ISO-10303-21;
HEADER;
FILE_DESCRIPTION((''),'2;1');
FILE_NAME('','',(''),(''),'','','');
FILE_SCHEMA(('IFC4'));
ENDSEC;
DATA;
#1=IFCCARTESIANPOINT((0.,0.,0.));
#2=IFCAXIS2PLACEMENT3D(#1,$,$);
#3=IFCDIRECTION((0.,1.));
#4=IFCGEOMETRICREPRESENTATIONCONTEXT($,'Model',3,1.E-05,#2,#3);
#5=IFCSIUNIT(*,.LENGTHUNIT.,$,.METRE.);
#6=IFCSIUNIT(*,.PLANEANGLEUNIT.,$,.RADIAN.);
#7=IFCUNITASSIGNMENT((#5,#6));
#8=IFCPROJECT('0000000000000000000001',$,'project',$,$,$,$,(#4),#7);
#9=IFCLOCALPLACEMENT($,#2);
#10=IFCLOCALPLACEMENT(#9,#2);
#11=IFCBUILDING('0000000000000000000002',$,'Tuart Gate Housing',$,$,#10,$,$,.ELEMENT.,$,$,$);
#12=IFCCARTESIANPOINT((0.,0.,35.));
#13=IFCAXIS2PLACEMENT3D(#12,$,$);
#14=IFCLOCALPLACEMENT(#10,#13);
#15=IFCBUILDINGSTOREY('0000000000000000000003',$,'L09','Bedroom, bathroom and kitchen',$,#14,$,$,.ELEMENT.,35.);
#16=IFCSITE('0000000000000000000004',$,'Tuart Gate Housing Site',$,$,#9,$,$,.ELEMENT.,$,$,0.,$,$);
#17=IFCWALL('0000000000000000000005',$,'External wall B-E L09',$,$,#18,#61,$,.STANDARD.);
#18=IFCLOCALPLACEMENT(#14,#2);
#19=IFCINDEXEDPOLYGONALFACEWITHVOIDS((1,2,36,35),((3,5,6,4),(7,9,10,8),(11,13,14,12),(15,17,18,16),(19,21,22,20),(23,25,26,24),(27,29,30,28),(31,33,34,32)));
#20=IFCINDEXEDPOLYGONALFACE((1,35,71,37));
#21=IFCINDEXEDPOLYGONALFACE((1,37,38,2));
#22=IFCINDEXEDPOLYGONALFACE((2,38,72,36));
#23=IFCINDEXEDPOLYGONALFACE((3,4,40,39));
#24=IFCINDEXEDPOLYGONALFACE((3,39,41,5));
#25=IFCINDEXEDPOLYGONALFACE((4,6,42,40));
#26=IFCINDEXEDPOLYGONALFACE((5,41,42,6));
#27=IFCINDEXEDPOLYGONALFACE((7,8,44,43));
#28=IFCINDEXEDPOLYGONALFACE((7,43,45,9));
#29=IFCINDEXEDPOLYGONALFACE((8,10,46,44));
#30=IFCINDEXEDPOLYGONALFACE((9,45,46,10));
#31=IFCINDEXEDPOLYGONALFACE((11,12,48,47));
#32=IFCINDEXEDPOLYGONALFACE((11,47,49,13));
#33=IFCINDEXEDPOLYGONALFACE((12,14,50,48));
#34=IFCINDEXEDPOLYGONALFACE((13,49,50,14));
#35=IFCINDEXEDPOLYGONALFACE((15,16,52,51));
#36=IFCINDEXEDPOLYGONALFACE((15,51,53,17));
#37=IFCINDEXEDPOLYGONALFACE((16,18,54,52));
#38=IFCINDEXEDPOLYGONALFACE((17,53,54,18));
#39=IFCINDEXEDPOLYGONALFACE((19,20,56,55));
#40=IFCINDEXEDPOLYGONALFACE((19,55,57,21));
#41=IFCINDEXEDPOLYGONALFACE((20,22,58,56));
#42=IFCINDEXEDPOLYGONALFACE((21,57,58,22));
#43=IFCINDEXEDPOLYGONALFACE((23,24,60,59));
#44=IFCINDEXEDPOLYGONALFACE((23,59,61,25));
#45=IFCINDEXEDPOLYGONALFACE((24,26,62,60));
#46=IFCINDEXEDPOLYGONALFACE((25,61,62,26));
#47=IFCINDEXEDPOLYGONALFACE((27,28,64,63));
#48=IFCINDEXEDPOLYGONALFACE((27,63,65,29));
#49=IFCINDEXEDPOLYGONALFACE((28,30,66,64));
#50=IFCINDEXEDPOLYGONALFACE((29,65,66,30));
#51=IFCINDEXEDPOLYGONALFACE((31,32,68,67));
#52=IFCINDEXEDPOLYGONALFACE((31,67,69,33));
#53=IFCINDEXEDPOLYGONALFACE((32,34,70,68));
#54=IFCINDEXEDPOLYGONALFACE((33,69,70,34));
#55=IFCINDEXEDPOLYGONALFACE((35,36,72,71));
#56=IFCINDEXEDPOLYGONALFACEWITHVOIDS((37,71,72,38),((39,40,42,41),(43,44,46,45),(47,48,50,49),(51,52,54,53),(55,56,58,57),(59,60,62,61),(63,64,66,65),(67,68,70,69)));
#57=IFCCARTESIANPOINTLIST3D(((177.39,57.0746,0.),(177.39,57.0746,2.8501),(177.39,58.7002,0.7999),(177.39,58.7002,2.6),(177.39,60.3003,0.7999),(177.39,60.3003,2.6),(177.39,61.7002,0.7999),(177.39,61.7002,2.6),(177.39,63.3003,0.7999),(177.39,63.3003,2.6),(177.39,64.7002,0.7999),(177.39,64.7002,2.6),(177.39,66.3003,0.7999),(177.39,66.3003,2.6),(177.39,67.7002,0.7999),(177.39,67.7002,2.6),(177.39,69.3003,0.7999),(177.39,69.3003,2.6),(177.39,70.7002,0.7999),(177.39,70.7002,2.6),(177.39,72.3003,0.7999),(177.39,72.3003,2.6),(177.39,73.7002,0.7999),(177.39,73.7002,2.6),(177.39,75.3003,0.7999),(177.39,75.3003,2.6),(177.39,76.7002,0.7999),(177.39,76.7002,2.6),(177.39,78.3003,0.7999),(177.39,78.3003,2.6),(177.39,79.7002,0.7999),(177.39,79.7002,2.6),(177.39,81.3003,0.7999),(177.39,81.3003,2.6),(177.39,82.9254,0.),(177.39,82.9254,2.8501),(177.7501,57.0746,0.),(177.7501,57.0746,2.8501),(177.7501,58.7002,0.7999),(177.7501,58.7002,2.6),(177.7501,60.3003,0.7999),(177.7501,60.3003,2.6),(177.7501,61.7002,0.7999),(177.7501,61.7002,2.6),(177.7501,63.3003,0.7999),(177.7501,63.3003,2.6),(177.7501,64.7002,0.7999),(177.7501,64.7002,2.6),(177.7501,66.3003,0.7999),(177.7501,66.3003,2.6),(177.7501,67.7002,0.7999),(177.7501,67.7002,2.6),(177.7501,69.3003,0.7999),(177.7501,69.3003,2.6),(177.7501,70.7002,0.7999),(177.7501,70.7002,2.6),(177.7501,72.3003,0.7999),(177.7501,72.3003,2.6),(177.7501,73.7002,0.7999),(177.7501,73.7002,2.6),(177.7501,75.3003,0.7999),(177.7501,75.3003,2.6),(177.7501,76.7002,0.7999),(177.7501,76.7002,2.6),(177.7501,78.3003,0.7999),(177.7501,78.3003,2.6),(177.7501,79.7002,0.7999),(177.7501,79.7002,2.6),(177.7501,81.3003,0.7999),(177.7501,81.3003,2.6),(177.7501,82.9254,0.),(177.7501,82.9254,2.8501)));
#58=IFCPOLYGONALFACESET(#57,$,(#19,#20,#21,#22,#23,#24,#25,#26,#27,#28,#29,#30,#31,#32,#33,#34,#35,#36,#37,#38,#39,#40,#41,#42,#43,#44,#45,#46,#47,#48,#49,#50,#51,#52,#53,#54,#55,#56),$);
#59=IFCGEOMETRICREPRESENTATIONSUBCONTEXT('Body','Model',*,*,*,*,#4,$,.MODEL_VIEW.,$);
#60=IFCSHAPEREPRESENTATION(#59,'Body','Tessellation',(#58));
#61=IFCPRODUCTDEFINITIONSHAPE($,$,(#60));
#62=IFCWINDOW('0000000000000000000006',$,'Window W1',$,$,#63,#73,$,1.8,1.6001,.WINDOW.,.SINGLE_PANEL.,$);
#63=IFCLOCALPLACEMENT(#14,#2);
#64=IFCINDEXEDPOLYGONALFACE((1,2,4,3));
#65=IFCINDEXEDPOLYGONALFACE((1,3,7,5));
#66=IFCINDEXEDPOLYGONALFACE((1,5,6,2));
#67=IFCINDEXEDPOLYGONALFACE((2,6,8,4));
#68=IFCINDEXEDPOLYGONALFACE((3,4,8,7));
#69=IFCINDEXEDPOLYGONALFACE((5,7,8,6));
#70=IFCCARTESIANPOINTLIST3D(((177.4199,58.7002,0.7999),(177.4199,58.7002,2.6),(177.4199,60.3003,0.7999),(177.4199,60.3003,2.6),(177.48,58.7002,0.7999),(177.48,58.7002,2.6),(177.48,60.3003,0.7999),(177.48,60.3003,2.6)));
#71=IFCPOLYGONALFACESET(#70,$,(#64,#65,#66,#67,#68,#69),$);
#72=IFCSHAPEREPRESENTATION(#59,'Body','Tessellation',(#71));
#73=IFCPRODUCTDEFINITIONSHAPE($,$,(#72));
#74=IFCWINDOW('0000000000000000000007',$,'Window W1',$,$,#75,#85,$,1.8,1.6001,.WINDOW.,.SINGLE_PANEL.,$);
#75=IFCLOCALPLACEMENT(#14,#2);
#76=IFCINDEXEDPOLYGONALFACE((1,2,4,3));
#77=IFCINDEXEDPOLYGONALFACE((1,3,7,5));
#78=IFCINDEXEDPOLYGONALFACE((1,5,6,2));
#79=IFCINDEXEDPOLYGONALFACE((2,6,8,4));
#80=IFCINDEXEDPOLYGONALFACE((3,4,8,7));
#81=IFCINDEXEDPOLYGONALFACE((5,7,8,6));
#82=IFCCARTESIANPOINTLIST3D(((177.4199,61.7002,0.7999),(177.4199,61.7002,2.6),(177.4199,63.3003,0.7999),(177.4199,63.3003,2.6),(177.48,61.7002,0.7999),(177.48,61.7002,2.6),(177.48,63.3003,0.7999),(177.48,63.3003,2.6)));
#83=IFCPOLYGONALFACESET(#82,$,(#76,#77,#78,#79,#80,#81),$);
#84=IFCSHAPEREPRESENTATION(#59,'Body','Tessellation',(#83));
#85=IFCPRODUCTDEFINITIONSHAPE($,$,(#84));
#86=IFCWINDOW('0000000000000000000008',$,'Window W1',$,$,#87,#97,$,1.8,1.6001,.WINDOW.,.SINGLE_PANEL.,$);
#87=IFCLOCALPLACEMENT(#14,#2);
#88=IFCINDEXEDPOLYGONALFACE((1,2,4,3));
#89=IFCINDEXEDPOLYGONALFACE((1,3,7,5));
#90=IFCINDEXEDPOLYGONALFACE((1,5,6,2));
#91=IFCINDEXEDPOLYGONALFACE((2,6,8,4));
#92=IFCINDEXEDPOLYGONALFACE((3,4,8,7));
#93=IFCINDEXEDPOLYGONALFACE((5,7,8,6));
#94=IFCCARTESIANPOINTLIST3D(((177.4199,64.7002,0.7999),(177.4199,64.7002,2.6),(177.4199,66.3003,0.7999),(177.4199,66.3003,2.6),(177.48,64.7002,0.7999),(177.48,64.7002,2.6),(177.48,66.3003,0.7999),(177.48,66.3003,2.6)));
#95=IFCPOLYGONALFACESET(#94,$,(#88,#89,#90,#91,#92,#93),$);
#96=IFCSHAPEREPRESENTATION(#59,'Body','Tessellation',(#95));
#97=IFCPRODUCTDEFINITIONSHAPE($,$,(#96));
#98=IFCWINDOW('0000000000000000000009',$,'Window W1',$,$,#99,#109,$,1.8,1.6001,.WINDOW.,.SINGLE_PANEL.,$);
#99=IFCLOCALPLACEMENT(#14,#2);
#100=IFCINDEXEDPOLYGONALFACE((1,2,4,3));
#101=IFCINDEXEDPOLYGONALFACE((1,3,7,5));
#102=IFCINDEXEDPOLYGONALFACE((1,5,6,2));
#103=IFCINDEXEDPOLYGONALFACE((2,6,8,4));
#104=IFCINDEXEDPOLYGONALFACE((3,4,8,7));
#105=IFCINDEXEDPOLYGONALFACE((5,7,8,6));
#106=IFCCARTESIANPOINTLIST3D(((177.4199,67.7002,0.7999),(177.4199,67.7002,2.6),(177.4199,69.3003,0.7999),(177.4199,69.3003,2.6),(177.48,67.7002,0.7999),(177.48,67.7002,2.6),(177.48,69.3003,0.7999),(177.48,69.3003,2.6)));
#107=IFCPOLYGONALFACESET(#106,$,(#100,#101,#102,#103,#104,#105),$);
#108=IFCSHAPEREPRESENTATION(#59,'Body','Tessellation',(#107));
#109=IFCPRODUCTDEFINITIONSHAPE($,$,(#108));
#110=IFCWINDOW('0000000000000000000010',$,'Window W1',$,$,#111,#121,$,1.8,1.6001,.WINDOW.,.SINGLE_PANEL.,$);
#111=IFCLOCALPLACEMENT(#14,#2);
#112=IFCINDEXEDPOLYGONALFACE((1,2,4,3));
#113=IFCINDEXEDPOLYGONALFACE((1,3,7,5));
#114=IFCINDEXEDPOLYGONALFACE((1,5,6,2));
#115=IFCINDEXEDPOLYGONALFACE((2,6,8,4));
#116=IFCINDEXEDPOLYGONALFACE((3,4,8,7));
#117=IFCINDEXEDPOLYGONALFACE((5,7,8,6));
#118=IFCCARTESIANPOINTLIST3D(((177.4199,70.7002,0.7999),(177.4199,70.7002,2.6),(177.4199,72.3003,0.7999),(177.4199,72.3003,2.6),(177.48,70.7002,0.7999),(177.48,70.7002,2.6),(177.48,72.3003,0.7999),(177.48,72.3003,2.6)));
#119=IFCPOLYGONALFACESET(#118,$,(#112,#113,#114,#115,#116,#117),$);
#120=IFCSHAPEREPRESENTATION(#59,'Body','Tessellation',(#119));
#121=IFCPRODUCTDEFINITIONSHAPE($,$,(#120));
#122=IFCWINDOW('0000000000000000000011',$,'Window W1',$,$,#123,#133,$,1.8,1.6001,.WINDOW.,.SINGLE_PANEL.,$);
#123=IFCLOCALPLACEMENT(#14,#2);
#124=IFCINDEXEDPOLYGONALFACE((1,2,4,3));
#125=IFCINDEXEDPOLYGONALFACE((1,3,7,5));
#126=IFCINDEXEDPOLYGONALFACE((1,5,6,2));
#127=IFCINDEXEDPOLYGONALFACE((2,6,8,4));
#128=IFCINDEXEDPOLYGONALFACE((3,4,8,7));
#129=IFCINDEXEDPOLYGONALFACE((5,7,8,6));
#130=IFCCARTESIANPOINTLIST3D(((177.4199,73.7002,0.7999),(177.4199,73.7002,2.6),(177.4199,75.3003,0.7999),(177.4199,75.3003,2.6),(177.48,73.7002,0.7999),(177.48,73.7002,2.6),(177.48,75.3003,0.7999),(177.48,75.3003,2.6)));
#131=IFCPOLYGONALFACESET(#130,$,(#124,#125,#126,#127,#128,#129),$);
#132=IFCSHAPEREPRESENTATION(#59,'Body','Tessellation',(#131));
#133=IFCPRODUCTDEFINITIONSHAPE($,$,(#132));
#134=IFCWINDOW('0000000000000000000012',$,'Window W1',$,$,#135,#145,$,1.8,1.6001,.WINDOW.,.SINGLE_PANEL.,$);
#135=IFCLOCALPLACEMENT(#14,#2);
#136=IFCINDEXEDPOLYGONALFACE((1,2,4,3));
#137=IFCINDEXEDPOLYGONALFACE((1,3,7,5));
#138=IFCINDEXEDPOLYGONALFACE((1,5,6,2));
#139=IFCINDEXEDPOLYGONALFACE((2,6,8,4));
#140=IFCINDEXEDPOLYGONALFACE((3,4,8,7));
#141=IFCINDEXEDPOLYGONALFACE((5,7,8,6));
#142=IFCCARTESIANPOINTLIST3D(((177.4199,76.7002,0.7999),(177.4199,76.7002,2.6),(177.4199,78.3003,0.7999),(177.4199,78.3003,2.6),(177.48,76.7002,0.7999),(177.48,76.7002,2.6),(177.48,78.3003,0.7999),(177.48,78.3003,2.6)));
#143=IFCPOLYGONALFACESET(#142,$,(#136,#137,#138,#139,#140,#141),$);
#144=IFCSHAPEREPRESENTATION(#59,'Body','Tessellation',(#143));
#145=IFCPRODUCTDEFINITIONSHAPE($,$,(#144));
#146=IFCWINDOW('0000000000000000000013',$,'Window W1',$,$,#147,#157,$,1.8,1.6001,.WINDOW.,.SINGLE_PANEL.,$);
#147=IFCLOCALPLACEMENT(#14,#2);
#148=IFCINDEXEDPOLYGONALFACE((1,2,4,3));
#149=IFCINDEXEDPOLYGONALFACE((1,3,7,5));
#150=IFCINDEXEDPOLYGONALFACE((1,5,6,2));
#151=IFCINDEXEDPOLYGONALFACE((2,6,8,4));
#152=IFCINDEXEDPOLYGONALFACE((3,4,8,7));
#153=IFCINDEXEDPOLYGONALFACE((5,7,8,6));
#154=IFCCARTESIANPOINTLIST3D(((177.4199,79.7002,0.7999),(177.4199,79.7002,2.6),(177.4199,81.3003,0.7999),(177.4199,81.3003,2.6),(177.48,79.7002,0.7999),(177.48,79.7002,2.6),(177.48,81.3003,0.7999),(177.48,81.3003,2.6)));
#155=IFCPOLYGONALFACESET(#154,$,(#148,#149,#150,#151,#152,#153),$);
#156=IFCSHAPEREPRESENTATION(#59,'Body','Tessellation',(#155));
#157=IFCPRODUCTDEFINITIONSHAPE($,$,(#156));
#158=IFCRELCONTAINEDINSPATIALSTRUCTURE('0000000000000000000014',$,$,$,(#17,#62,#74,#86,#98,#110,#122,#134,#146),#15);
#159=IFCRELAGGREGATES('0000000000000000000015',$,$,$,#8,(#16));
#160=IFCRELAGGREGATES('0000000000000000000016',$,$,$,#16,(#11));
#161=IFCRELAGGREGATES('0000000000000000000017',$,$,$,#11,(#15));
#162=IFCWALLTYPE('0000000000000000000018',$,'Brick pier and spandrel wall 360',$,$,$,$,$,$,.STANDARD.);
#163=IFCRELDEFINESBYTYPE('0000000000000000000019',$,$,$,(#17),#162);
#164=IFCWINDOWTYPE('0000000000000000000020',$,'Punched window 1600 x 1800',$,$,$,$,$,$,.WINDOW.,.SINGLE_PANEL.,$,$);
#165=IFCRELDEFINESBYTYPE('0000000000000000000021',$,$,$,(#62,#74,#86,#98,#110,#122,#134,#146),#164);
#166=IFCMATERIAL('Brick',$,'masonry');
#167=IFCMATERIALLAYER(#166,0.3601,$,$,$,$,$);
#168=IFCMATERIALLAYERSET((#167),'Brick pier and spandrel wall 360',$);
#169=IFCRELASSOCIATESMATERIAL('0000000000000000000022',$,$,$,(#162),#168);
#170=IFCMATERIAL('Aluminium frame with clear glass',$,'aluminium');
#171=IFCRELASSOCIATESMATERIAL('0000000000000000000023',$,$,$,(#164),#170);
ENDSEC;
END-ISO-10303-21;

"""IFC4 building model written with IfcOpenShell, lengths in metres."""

from ifc_helpers import new_model, si_unit, direction, frame, frame_2d, origin, place, context, subcontext, project, spatial, rectangle, extrude, material, layer, layer_set, type_object, element, fill, save


model = new_model("IFC4")

# Units and contexts
model_context = context("Model", 3, precision=1e-05, world=origin(), true_north=direction((0.0, 1.0)))
body_context = subcontext(model_context, "Body", "Model", "MODEL_VIEW")
ifc_project = project(units=[si_unit("LENGTHUNIT", "METRE"), si_unit("PLANEANGLEUNIT", "RADIAN")], contexts=[model_context])

# Site, building, storey
site_placement = place(None, origin())
site = spatial("IfcSite", under=ifc_project, at=site_placement, Name="Tuart Gate Housing Site", CompositionType="ELEMENT", RefElevation=0.0)
building_placement = place(site_placement, origin())
building = spatial("IfcBuilding", under=site, at=building_placement, Name="Tuart Gate Housing", CompositionType="ELEMENT")
storey_placement = place(building_placement, frame((0.0, 0.0, 35.0)))
storey = spatial("IfcBuildingStorey", under=building, at=storey_placement, Name="L09", Description="Bedroom, bathroom and kitchen", CompositionType="ELEMENT", Elevation=35.0)

# Shared definitions
ifc_material_1 = material(Name="Brick", Category="masonry")
ifc_layer_1 = layer(ifc_material_1, 0.3601)
ifc_layer_set_1 = layer_set([ifc_layer_1], Name="Brick pier and spandrel wall 360")
wall_type_1 = type_object("IfcWallType", Name="Brick pier and spandrel wall 360", PredefinedType="STANDARD", material=ifc_layer_set_1)
ifc_material_2 = material(Name="Aluminium frame with clear glass", Category="aluminium")
window_type = type_object("IfcWindowType", Name="Punched window 1600 x 1800", PartitioningType="SINGLE_PANEL", PredefinedType="WINDOW", material=ifc_material_2)

# Wall, openings, windows
wall_1_placement = place(storey_placement, frame((177.5701, 57.0747, 0.0), z_axis=(0.0, 0.0, 1.0), x_axis=(0.0, 1.0, 0.0)))
wall_1 = element("IfcWall", 1, at=wall_1_placement, inside=storey, type_object=wall_type_1, Name="External wall B-E L09", PredefinedType="STANDARD", context=body_context, shape_type="SweptSolid", body=[
    extrude(rectangle(XDim=25.8508, YDim=0.3601, at=frame_2d((12.9253, 0.0))), origin(), (0.0, 0.0, 1.0), 2.8501),
])
opening_1_placement = place(wall_1_placement, frame((1.6255, 0.0, 0.8)))
opening_1 = element("IfcOpeningElement", 2, at=opening_1_placement, cuts=wall_1, PredefinedType="OPENING", context=body_context, shape_type="SweptSolid", body=[
    extrude(rectangle(XDim=1.6001, YDim=1.8, at=frame_2d((0.8, 0.8999))), frame((0.0, 0.1899, 0.0), z_axis=(0.0, -1.0, 0.0), x_axis=(1.0, 0.0, 0.0)), (0.0, 0.0, 1.0), 0.3801),
])
opening_2_placement = place(wall_1_placement, frame((4.6255, 0.0, 0.8)))
opening_2 = element("IfcOpeningElement", 3, at=opening_2_placement, cuts=wall_1, PredefinedType="OPENING", context=body_context, shape_type="SweptSolid", body=[
    extrude(rectangle(XDim=1.6001, YDim=1.8, at=frame_2d((0.8, 0.8999))), frame((0.0, 0.1899, 0.0), z_axis=(0.0, -1.0, 0.0), x_axis=(1.0, 0.0, 0.0)), (0.0, 0.0, 1.0), 0.3801),
])
opening_3_placement = place(wall_1_placement, frame((7.6255, 0.0, 0.8)))
opening_3 = element("IfcOpeningElement", 4, at=opening_3_placement, cuts=wall_1, PredefinedType="OPENING", context=body_context, shape_type="SweptSolid", body=[
    extrude(rectangle(XDim=1.6001, YDim=1.8, at=frame_2d((0.8, 0.8999))), frame((0.0, 0.1899, 0.0), z_axis=(0.0, -1.0, 0.0), x_axis=(1.0, 0.0, 0.0)), (0.0, 0.0, 1.0), 0.3801),
])
opening_4_placement = place(wall_1_placement, frame((10.6255, 0.0, 0.8)))
opening_4 = element("IfcOpeningElement", 5, at=opening_4_placement, cuts=wall_1, PredefinedType="OPENING", context=body_context, shape_type="SweptSolid", body=[
    extrude(rectangle(XDim=1.6001, YDim=1.8, at=frame_2d((0.8, 0.8999))), frame((0.0, 0.1899, 0.0), z_axis=(0.0, -1.0, 0.0), x_axis=(1.0, 0.0, 0.0)), (0.0, 0.0, 1.0), 0.3801),
])
opening_5_placement = place(wall_1_placement, frame((13.6255, 0.0, 0.8)))
opening_5 = element("IfcOpeningElement", 6, at=opening_5_placement, cuts=wall_1, PredefinedType="OPENING", context=body_context, shape_type="SweptSolid", body=[
    extrude(rectangle(XDim=1.6001, YDim=1.8, at=frame_2d((0.8, 0.8999))), frame((0.0, 0.1899, 0.0), z_axis=(0.0, -1.0, 0.0), x_axis=(1.0, 0.0, 0.0)), (0.0, 0.0, 1.0), 0.3801),
])
opening_6_placement = place(wall_1_placement, frame((16.6255, 0.0, 0.8)))
opening_6 = element("IfcOpeningElement", 7, at=opening_6_placement, cuts=wall_1, PredefinedType="OPENING", context=body_context, shape_type="SweptSolid", body=[
    extrude(rectangle(XDim=1.6001, YDim=1.8, at=frame_2d((0.8, 0.8999))), frame((0.0, 0.1899, 0.0), z_axis=(0.0, -1.0, 0.0), x_axis=(1.0, 0.0, 0.0)), (0.0, 0.0, 1.0), 0.3801),
])
opening_7_placement = place(wall_1_placement, frame((19.6255, 0.0, 0.8)))
opening_7 = element("IfcOpeningElement", 8, at=opening_7_placement, cuts=wall_1, PredefinedType="OPENING", context=body_context, shape_type="SweptSolid", body=[
    extrude(rectangle(XDim=1.6001, YDim=1.8, at=frame_2d((0.8, 0.8999))), frame((0.0, 0.1899, 0.0), z_axis=(0.0, -1.0, 0.0), x_axis=(1.0, 0.0, 0.0)), (0.0, 0.0, 1.0), 0.3801),
])
opening_8_placement = place(wall_1_placement, frame((22.6255, 0.0, 0.8)))
opening_8 = element("IfcOpeningElement", 9, at=opening_8_placement, cuts=wall_1, PredefinedType="OPENING", context=body_context, shape_type="SweptSolid", body=[
    extrude(rectangle(XDim=1.6001, YDim=1.8, at=frame_2d((0.8, 0.8999))), frame((0.0, 0.1899, 0.0), z_axis=(0.0, -1.0, 0.0), x_axis=(1.0, 0.0, 0.0)), (0.0, 0.0, 1.0), 0.3801),
])
window_1_placement = place(opening_1_placement, origin())
window_1 = element("IfcWindow", 10, at=window_1_placement, inside=storey, type_object=window_type, Name="Window W1", OverallHeight=1.8, OverallWidth=1.6001, PartitioningType="SINGLE_PANEL", PredefinedType="WINDOW", context=body_context, shape_type="SweptSolid", body=[
    extrude(rectangle(XDim=1.6001, YDim=1.8, at=frame_2d((0.8, 0.8999))), frame((0.0, 0.1501, 0.0), z_axis=(0.0, -1.0, 0.0), x_axis=(1.0, 0.0, 0.0)), (0.0, 0.0, 1.0), 0.0601),
])
fill(opening_1, window_1)
window_2_placement = place(opening_2_placement, origin())
window_2 = element("IfcWindow", 11, at=window_2_placement, inside=storey, type_object=window_type, Name="Window W1", OverallHeight=1.8, OverallWidth=1.6001, PartitioningType="SINGLE_PANEL", PredefinedType="WINDOW", context=body_context, shape_type="SweptSolid", body=[
    extrude(rectangle(XDim=1.6001, YDim=1.8, at=frame_2d((0.8, 0.8999))), frame((0.0, 0.1501, 0.0), z_axis=(0.0, -1.0, 0.0), x_axis=(1.0, 0.0, 0.0)), (0.0, 0.0, 1.0), 0.0601),
])
fill(opening_2, window_2)
window_3_placement = place(opening_3_placement, origin())
window_3 = element("IfcWindow", 12, at=window_3_placement, inside=storey, type_object=window_type, Name="Window W1", OverallHeight=1.8, OverallWidth=1.6001, PartitioningType="SINGLE_PANEL", PredefinedType="WINDOW", context=body_context, shape_type="SweptSolid", body=[
    extrude(rectangle(XDim=1.6001, YDim=1.8, at=frame_2d((0.8, 0.8999))), frame((0.0, 0.1501, 0.0), z_axis=(0.0, -1.0, 0.0), x_axis=(1.0, 0.0, 0.0)), (0.0, 0.0, 1.0), 0.0601),
])
fill(opening_3, window_3)
window_4_placement = place(opening_4_placement, origin())
window_4 = element("IfcWindow", 13, at=window_4_placement, inside=storey, type_object=window_type, Name="Window W1", OverallHeight=1.8, OverallWidth=1.6001, PartitioningType="SINGLE_PANEL", PredefinedType="WINDOW", context=body_context, shape_type="SweptSolid", body=[
    extrude(rectangle(XDim=1.6001, YDim=1.8, at=frame_2d((0.8, 0.8999))), frame((0.0, 0.1501, 0.0), z_axis=(0.0, -1.0, 0.0), x_axis=(1.0, 0.0, 0.0)), (0.0, 0.0, 1.0), 0.0601),
])
fill(opening_4, window_4)
window_5_placement = place(opening_5_placement, origin())
window_5 = element("IfcWindow", 14, at=window_5_placement, inside=storey, type_object=window_type, Name="Window W1", OverallHeight=1.8, OverallWidth=1.6001, PartitioningType="SINGLE_PANEL", PredefinedType="WINDOW", context=body_context, shape_type="SweptSolid", body=[
    extrude(rectangle(XDim=1.6001, YDim=1.8, at=frame_2d((0.8, 0.8999))), frame((0.0, 0.1501, 0.0), z_axis=(0.0, -1.0, 0.0), x_axis=(1.0, 0.0, 0.0)), (0.0, 0.0, 1.0), 0.0601),
])
fill(opening_5, window_5)
window_6_placement = place(opening_6_placement, origin())
window_6 = element("IfcWindow", 15, at=window_6_placement, inside=storey, type_object=window_type, Name="Window W1", OverallHeight=1.8, OverallWidth=1.6001, PartitioningType="SINGLE_PANEL", PredefinedType="WINDOW", context=body_context, shape_type="SweptSolid", body=[
    extrude(rectangle(XDim=1.6001, YDim=1.8, at=frame_2d((0.8, 0.8999))), frame((0.0, 0.1501, 0.0), z_axis=(0.0, -1.0, 0.0), x_axis=(1.0, 0.0, 0.0)), (0.0, 0.0, 1.0), 0.0601),
])
fill(opening_6, window_6)
window_7_placement = place(opening_7_placement, origin())
window_7 = element("IfcWindow", 16, at=window_7_placement, inside=storey, type_object=window_type, Name="Window W1", OverallHeight=1.8, OverallWidth=1.6001, PartitioningType="SINGLE_PANEL", PredefinedType="WINDOW", context=body_context, shape_type="SweptSolid", body=[
    extrude(rectangle(XDim=1.6001, YDim=1.8, at=frame_2d((0.8, 0.8999))), frame((0.0, 0.1501, 0.0), z_axis=(0.0, -1.0, 0.0), x_axis=(1.0, 0.0, 0.0)), (0.0, 0.0, 1.0), 0.0601),
])
fill(opening_7, window_7)
window_8_placement = place(opening_8_placement, origin())
window_8 = element("IfcWindow", 17, at=window_8_placement, inside=storey, type_object=window_type, Name="Window W1", OverallHeight=1.8, OverallWidth=1.6001, PartitioningType="SINGLE_PANEL", PredefinedType="WINDOW", context=body_context, shape_type="SweptSolid", body=[
    extrude(rectangle(XDim=1.6001, YDim=1.8, at=frame_2d((0.8, 0.8999))), frame((0.0, 0.1501, 0.0), z_axis=(0.0, -1.0, 0.0), x_axis=(1.0, 0.0, 0.0)), (0.0, 0.0, 1.0), 0.0601),
])
fill(opening_8, window_8)

save(model, "model.ifc")
